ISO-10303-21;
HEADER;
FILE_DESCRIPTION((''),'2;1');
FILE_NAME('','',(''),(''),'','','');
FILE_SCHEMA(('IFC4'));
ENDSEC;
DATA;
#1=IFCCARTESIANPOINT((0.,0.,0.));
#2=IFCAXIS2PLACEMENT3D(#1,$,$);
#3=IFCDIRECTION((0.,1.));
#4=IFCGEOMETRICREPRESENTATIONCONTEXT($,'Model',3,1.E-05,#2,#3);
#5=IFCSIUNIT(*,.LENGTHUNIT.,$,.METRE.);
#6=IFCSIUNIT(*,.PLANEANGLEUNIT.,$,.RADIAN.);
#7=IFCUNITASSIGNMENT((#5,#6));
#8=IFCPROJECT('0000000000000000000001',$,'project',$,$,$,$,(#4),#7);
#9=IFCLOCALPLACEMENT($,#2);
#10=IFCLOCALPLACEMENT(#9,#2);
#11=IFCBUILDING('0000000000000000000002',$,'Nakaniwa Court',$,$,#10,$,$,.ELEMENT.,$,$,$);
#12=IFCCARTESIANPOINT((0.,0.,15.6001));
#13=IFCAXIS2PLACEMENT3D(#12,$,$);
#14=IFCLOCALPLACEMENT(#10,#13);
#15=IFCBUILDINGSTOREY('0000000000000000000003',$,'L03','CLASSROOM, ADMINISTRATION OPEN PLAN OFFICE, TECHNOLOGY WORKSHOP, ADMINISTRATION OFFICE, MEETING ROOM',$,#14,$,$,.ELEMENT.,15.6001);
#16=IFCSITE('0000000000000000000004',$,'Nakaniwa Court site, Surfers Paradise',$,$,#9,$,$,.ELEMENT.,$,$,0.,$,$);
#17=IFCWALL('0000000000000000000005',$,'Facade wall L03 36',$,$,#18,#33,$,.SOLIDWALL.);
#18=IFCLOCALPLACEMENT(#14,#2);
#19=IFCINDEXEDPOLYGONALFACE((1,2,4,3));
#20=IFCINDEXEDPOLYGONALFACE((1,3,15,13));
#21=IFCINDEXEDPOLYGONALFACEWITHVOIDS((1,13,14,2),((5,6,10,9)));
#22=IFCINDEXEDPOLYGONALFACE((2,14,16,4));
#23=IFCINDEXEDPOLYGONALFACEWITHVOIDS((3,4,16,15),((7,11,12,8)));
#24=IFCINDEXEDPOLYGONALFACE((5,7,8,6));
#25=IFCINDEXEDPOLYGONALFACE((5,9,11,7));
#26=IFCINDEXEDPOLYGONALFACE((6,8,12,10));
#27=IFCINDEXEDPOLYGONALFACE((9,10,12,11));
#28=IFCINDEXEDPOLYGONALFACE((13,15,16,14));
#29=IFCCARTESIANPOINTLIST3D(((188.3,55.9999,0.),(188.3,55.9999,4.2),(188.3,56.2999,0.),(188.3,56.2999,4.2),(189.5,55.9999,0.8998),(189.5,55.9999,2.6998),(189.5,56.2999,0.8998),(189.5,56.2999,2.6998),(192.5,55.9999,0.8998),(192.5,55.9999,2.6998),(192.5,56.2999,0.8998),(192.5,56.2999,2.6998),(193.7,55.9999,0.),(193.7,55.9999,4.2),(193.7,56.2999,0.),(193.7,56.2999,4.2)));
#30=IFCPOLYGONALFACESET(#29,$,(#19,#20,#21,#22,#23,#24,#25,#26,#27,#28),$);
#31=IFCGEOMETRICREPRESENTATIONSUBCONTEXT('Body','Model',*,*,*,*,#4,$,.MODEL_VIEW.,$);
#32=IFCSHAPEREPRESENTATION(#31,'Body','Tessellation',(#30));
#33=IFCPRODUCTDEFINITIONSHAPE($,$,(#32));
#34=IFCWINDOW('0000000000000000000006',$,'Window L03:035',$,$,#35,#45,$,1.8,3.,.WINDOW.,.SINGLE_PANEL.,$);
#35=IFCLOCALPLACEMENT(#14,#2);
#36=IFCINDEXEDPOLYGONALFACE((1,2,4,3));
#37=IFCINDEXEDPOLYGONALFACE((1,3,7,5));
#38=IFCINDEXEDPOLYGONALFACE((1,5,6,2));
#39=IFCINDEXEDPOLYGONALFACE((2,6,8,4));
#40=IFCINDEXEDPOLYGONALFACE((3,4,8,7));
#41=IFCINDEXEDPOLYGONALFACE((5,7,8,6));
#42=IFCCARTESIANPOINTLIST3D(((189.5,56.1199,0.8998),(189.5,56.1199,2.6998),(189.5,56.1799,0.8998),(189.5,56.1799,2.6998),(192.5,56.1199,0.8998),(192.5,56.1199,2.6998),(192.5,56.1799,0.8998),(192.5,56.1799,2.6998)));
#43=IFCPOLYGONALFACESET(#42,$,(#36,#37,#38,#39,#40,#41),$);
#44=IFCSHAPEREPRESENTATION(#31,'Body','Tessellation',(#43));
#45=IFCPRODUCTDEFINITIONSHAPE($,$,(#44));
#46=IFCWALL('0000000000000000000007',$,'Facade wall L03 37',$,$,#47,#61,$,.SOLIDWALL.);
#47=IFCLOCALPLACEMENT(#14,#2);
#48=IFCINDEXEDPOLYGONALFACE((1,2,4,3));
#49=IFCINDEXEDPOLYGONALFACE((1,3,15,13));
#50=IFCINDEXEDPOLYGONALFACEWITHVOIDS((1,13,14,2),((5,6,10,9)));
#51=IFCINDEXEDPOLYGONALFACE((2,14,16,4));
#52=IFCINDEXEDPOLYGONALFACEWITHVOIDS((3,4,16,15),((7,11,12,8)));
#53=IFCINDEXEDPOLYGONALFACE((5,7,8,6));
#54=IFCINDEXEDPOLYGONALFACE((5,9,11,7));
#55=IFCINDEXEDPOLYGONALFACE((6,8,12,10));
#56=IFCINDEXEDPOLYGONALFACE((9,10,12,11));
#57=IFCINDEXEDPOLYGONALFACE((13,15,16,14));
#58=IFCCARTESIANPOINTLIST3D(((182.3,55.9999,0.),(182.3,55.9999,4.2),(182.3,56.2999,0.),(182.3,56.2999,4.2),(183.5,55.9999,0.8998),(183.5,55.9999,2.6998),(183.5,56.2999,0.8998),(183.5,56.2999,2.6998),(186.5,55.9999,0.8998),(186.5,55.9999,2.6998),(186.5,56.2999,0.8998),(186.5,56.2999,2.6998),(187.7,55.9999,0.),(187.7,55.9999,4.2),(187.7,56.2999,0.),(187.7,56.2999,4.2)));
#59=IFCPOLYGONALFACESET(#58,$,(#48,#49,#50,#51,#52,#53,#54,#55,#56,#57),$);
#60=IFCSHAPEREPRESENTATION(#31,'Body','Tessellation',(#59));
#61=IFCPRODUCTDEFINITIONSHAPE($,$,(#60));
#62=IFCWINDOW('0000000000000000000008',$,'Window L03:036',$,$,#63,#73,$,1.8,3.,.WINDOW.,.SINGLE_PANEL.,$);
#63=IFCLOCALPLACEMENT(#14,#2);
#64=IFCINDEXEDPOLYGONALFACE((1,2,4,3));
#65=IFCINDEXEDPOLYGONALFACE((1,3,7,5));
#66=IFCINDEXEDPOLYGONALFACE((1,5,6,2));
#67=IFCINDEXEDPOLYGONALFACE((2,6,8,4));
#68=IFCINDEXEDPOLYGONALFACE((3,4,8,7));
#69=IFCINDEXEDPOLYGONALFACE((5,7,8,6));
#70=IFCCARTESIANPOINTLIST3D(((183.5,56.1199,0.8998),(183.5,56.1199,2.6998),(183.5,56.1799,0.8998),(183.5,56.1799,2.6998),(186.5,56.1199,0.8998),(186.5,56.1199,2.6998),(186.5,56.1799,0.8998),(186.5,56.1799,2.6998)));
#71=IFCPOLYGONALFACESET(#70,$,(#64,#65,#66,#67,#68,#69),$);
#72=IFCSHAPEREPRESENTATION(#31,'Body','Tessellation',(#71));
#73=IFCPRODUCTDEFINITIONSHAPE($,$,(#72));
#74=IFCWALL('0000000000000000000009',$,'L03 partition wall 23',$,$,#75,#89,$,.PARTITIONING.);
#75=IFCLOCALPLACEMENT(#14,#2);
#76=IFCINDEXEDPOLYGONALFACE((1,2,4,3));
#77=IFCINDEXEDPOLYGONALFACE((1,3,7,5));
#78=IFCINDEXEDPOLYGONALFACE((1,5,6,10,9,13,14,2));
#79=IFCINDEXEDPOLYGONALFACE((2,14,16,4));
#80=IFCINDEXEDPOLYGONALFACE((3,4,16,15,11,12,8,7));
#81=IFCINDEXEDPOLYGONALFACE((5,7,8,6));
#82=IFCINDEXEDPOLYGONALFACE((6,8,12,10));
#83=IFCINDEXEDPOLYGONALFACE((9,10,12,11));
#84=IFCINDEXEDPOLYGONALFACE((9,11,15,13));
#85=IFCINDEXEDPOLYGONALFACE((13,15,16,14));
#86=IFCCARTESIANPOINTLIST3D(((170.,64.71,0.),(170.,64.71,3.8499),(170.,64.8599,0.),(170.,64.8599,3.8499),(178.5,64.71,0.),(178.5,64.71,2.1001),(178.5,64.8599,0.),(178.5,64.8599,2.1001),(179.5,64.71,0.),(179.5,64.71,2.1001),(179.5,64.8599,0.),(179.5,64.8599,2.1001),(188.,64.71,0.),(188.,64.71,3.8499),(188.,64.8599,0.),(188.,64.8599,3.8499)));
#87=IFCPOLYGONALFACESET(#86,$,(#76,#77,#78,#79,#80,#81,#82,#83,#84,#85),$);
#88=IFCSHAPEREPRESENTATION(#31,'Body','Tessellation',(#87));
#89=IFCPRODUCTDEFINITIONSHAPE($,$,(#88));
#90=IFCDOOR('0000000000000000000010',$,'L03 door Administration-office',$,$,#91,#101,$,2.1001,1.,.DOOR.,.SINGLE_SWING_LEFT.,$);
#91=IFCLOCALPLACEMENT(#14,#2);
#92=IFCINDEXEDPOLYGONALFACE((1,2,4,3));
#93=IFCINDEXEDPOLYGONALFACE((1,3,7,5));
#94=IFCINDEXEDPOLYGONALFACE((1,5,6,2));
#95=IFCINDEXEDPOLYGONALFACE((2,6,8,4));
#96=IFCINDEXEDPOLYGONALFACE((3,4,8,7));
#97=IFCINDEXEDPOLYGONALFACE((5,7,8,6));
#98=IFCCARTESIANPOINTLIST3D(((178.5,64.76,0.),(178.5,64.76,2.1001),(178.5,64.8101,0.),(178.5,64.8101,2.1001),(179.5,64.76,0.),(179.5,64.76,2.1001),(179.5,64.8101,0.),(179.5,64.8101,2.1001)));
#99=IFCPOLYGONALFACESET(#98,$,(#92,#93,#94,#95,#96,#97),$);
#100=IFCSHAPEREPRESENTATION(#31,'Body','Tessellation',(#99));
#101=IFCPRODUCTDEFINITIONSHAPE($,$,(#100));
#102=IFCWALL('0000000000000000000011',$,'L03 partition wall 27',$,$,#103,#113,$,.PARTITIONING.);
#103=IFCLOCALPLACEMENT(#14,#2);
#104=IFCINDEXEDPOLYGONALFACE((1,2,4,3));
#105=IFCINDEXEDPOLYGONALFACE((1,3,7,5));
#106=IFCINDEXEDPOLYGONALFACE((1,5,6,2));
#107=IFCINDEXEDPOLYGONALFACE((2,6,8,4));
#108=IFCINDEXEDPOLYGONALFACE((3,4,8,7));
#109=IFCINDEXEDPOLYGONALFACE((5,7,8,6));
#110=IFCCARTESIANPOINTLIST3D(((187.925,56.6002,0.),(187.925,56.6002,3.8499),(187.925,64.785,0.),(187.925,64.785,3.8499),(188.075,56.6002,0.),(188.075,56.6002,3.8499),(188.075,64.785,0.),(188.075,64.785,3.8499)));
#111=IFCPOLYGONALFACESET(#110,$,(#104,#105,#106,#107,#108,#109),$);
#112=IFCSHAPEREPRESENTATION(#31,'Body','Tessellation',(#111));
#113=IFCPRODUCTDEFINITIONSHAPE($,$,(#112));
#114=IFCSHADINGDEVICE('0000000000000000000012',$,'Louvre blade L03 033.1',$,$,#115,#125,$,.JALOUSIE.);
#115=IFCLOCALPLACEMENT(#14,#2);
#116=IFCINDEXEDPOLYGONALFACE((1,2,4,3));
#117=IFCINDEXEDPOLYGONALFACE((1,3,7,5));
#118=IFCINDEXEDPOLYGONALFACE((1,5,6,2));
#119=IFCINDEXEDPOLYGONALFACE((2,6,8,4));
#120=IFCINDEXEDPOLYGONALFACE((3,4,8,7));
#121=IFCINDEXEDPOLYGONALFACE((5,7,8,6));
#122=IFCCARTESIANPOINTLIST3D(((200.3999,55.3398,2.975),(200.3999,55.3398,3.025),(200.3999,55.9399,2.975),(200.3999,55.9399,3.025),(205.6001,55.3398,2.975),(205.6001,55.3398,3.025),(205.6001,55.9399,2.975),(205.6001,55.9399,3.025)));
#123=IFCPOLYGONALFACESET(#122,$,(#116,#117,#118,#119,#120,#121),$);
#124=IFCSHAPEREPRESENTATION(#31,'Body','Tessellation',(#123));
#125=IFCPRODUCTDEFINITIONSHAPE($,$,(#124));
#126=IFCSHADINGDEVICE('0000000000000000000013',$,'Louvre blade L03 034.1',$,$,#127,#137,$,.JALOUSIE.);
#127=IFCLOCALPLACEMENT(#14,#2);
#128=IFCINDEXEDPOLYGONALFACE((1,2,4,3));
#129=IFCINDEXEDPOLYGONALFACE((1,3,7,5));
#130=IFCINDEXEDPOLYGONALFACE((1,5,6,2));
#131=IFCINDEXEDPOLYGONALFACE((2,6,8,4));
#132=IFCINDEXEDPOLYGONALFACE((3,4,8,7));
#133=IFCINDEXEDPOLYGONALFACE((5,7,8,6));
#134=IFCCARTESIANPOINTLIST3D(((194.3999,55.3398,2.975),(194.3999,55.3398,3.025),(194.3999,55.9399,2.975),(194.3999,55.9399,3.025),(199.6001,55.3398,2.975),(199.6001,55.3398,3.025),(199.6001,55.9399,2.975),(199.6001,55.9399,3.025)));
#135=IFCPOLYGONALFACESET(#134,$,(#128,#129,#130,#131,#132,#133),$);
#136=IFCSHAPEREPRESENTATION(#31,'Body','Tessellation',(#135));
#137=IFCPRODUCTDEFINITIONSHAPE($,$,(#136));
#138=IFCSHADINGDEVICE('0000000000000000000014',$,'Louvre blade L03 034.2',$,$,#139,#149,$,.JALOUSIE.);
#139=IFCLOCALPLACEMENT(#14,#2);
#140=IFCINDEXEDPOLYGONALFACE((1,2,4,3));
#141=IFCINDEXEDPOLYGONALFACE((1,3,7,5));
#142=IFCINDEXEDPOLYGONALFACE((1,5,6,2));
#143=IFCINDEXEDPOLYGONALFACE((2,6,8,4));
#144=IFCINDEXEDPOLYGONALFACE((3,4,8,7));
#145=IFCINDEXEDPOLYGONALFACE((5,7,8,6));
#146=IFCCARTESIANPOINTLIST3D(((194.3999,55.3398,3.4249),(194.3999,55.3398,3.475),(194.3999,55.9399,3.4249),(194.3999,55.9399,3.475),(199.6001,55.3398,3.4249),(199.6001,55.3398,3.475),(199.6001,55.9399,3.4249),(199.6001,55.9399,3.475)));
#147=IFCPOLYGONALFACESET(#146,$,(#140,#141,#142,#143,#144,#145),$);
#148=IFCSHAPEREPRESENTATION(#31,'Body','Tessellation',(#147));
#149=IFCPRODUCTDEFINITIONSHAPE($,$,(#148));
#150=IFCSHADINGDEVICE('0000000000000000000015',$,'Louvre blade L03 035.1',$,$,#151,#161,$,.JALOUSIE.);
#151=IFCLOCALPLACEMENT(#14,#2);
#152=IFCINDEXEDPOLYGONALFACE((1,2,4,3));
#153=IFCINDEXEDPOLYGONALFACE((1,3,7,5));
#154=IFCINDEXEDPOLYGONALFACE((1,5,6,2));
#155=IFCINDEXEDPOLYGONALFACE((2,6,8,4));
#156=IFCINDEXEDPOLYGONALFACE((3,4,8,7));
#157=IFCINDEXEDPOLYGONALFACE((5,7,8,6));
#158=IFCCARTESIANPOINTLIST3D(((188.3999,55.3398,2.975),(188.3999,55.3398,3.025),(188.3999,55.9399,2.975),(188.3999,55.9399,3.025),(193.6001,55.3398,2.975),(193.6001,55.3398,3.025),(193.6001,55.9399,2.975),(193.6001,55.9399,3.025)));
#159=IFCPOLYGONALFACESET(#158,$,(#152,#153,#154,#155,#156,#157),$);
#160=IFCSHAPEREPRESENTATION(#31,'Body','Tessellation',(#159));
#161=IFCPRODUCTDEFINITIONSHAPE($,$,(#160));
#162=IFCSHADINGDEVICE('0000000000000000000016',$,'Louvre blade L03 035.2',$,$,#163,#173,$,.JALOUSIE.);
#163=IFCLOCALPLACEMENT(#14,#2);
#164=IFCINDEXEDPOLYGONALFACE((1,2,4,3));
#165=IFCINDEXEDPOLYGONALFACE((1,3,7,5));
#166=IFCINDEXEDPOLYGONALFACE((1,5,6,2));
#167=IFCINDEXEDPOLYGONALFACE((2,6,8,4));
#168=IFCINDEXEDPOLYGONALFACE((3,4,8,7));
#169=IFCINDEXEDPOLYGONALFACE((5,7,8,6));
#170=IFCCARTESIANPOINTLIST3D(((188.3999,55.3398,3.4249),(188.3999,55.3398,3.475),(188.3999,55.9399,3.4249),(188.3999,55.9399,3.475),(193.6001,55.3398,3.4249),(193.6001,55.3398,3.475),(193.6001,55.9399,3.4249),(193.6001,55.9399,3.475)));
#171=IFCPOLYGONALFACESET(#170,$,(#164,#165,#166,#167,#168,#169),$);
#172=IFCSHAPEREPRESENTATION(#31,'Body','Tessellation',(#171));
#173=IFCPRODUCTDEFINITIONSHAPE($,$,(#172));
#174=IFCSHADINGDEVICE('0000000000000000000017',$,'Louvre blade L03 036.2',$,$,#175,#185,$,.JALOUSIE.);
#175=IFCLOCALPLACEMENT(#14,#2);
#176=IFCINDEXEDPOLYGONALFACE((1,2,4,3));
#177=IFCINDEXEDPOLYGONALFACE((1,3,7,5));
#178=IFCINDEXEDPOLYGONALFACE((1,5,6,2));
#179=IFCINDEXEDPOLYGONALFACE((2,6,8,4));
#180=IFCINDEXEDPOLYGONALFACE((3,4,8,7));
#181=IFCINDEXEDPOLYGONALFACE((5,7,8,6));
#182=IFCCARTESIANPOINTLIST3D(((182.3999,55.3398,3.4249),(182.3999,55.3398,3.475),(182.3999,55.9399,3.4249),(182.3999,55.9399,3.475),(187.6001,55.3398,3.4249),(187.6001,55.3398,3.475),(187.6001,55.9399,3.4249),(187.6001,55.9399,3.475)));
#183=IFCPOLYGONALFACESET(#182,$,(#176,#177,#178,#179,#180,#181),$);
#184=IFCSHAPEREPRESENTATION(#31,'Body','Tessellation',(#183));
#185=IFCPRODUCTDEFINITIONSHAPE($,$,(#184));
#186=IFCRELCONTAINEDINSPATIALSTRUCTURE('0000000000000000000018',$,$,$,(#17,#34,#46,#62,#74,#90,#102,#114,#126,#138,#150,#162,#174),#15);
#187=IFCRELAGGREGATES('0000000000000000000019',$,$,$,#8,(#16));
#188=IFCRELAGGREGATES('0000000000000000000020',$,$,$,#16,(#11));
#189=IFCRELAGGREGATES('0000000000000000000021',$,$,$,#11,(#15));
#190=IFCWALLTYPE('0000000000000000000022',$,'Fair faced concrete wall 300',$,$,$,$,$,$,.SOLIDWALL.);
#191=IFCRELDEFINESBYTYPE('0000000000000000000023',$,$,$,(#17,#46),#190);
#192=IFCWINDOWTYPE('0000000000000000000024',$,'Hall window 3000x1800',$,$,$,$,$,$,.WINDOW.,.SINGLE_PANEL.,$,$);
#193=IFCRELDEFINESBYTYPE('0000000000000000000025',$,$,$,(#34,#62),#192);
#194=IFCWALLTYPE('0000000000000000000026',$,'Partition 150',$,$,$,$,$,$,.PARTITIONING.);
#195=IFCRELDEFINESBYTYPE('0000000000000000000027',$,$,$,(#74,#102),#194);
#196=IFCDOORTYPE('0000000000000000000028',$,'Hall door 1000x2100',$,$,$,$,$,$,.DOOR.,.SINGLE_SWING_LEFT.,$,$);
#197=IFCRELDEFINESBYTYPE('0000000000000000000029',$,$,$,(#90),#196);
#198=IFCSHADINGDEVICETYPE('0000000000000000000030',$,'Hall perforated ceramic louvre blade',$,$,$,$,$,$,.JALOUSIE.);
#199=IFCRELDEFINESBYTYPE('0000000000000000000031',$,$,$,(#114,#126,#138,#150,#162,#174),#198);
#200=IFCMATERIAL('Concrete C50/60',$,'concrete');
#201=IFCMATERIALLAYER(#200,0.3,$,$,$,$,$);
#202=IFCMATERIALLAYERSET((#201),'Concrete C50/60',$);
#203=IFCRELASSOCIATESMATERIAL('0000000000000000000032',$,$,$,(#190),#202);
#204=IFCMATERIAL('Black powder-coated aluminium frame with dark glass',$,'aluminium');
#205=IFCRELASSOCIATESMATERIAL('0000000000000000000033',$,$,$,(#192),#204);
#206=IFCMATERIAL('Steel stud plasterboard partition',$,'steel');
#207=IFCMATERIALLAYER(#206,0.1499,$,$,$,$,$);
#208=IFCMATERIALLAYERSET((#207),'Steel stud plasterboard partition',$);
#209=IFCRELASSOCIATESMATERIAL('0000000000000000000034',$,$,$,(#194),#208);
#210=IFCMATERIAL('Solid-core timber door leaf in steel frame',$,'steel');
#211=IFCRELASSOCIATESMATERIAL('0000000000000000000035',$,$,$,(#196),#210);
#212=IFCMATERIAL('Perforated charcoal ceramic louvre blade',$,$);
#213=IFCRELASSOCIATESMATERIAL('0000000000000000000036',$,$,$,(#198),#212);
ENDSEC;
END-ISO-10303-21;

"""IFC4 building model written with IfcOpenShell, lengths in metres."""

from ifc_helpers import new_model, si_unit, direction, frame, frame_2d, origin, origin_2d, place, context, subcontext, project, spatial, rectangle, extrude, material, layer, layer_set, material_profile, profile_set, type_object, element, fill, save


model = new_model("IFC4")

# Units and contexts
model_context = context("Model", 3, precision=1e-05, world=origin(), true_north=direction((0.0, 1.0)))
body_context = subcontext(model_context, "Body", "Model", "MODEL_VIEW")
ifc_project = project(units=[si_unit("LENGTHUNIT", "METRE"), si_unit("PLANEANGLEUNIT", "RADIAN")], contexts=[model_context])

# Site, building, storey
site_placement = place(None, origin())
site = spatial("IfcSite", under=ifc_project, at=site_placement, Name="Nakaniwa Court site, Surfers Paradise", CompositionType="ELEMENT", RefElevation=0.0)
building_placement = place(site_placement, origin())
building = spatial("IfcBuilding", under=site, at=building_placement, Name="Nakaniwa Court", CompositionType="ELEMENT")
storey_placement = place(building_placement, frame((0.0, 0.0, 15.6001)))
storey = spatial("IfcBuildingStorey", under=building, at=storey_placement, Name="L03", Description="CLASSROOM, ADMINISTRATION OPEN PLAN OFFICE, TECHNOLOGY WORKSHOP, ADMINISTRATION OFFICE, MEETING ROOM", CompositionType="ELEMENT", Elevation=15.6001)

# Shared definitions
ifc_material_1 = material(Name="Concrete C50/60", Category="concrete")

# Walls, openings, windows
ifc_layer_1 = layer(ifc_material_1, 0.3)
ifc_layer_set_1 = layer_set([ifc_layer_1], Name="Concrete C50/60")
wall_type_1 = type_object("IfcWallType", Name="Fair faced concrete wall 300", PredefinedType="SOLIDWALL", material=ifc_layer_set_1)
ifc_material_2 = material(Name="Black powder-coated aluminium frame with dark glass", Category="aluminium")
window_type = type_object("IfcWindowType", Name="Hall window 3000x1800", PartitioningType="SINGLE_PANEL", PredefinedType="WINDOW", material=ifc_material_2)
wall_1_placement = place(storey_placement, frame((193.7, 56.1499, 0.0), z_axis=(0.0, 0.0, 1.0), x_axis=(-1.0, 0.0, 0.0)))
wall_1 = element("IfcWall", 1, at=wall_1_placement, inside=storey, type_object=wall_type_1, Name="Facade wall L03 36", PredefinedType="SOLIDWALL", context=body_context, shape_type="SweptSolid", body=[
    extrude(rectangle(XDim=5.3999, YDim=0.3, at=frame_2d((2.7, 0.0))), origin(), (0.0, 0.0, 1.0), 4.2),
])
opening_1_placement = place(wall_1_placement, frame((1.2, 0.0, 0.8999)))
opening_1 = element("IfcOpeningElement", 2, at=opening_1_placement, cuts=wall_1, PredefinedType="OPENING", context=body_context, shape_type="SweptSolid", body=[
    extrude(rectangle(XDim=3.0, YDim=1.8, at=frame_2d((1.5, 0.8999))), frame((0.0, 0.1599, 0.0), z_axis=(0.0, -1.0, 0.0), x_axis=(1.0, 0.0, 0.0)), (0.0, 0.0, 1.0), 0.3201),
])
window_1_placement = place(opening_1_placement, origin())
window_1 = element("IfcWindow", 3, at=window_1_placement, inside=storey, type_object=window_type, Name="Window L03:035", OverallHeight=1.8, OverallWidth=3.0, PartitioningType="SINGLE_PANEL", PredefinedType="WINDOW", context=body_context, shape_type="SweptSolid", body=[
    extrude(rectangle(XDim=3.0, YDim=1.8, at=frame_2d((1.5, 0.8999))), frame((0.0, 0.03, 0.0), z_axis=(0.0, -1.0, 0.0), x_axis=(1.0, 0.0, 0.0)), (0.0, 0.0, 1.0), 0.0601),
])
fill(opening_1, window_1)
wall_2_placement = place(storey_placement, frame((187.7, 56.1499, 0.0), z_axis=(0.0, 0.0, 1.0), x_axis=(-1.0, 0.0, 0.0)))
wall_2 = element("IfcWall", 4, at=wall_2_placement, inside=storey, type_object=wall_type_1, Name="Facade wall L03 37", PredefinedType="SOLIDWALL", context=body_context, shape_type="SweptSolid", body=[
    extrude(rectangle(XDim=5.3999, YDim=0.3, at=frame_2d((2.7, 0.0))), origin(), (0.0, 0.0, 1.0), 4.2),
])
opening_2_placement = place(wall_2_placement, frame((1.2, 0.0, 0.8999)))
opening_2 = element("IfcOpeningElement", 5, at=opening_2_placement, cuts=wall_2, PredefinedType="OPENING", context=body_context, shape_type="SweptSolid", body=[
    extrude(rectangle(XDim=3.0, YDim=1.8, at=frame_2d((1.5, 0.8999))), frame((0.0, 0.1599, 0.0), z_axis=(0.0, -1.0, 0.0), x_axis=(1.0, 0.0, 0.0)), (0.0, 0.0, 1.0), 0.3201),
])
window_2_placement = place(opening_2_placement, origin())
window_2 = element("IfcWindow", 6, at=window_2_placement, inside=storey, type_object=window_type, Name="Window L03:036", OverallHeight=1.8, OverallWidth=3.0, PartitioningType="SINGLE_PANEL", PredefinedType="WINDOW", context=body_context, shape_type="SweptSolid", body=[
    extrude(rectangle(XDim=3.0, YDim=1.8, at=frame_2d((1.5, 0.8999))), frame((0.0, 0.03, 0.0), z_axis=(0.0, -1.0, 0.0), x_axis=(1.0, 0.0, 0.0)), (0.0, 0.0, 1.0), 0.0601),
])
fill(opening_2, window_2)

# Wall, opening, door
ifc_material_3 = material(Name="Steel stud plasterboard partition", Category="steel")
ifc_layer_2 = layer(ifc_material_3, 0.1499)
ifc_layer_set_2 = layer_set([ifc_layer_2], Name="Steel stud plasterboard partition")
wall_type_2 = type_object("IfcWallType", Name="Partition 150", PredefinedType="PARTITIONING", material=ifc_layer_set_2)
wall_3_placement = place(storey_placement, frame((188.0, 64.7849, 0.0), z_axis=(0.0, 0.0, 1.0), x_axis=(-1.0, 0.0, 0.0)))
wall_3 = element("IfcWall", 7, at=wall_3_placement, inside=storey, type_object=wall_type_2, Name="L03 partition wall 23", PredefinedType="PARTITIONING", context=body_context, shape_type="SweptSolid", body=[
    extrude(rectangle(XDim=18.0, YDim=0.1499, at=frame_2d((9.0, 0.0))), origin(), (0.0, 0.0, 1.0), 3.8499),
])
opening_3_placement = place(wall_3_placement, frame((8.5, 0.0, 0.0)))
opening_3 = element("IfcOpeningElement", 8, at=opening_3_placement, cuts=wall_3, PredefinedType="OPENING", context=body_context, shape_type="SweptSolid", body=[
    extrude(rectangle(XDim=1.0, YDim=2.1001, at=frame_2d((0.5, 1.05))), frame((0.0, 0.085, 0.0), z_axis=(0.0, -1.0, 0.0), x_axis=(1.0, 0.0, 0.0)), (0.0, 0.0, 1.0), 0.1699),
])
ifc_material_4 = material(Name="Solid-core timber door leaf in steel frame", Category="steel")
door_type = type_object("IfcDoorType", Name="Hall door 1000x2100", OperationType="SINGLE_SWING_LEFT", PredefinedType="DOOR", material=ifc_material_4)
door_placement = place(opening_3_placement, origin())
door = element("IfcDoor", 9, at=door_placement, inside=storey, type_object=door_type, Name="L03 door Administration-office", OperationType="SINGLE_SWING_LEFT", OverallHeight=2.1001, OverallWidth=1.0, PredefinedType="DOOR", context=body_context, shape_type="SweptSolid", body=[
    extrude(rectangle(XDim=1.0, YDim=2.1001, at=frame_2d((0.5, 1.05))), frame((0.0, 0.0249, 0.0), z_axis=(0.0, -1.0, 0.0), x_axis=(1.0, 0.0, 0.0)), (0.0, 0.0, 1.0), 0.05),
])
fill(opening_3, door)

# Wall
wall_4_placement = place(storey_placement, frame((188.0, 64.7849, 0.0), z_axis=(0.0, 0.0, 1.0), x_axis=(0.0, -1.0, 0.0)))
element("IfcWall", 10, at=wall_4_placement, inside=storey, type_object=wall_type_2, Name="L03 partition wall 27", PredefinedType="PARTITIONING", context=body_context, shape_type="SweptSolid", body=[
    extrude(rectangle(XDim=8.1848, YDim=0.1499, at=frame_2d((4.0923, 0.0))), origin(), (0.0, 0.0, 1.0), 3.8499),
])

# Shading devices
ifc_material_5 = material(Name="Perforated charcoal ceramic louvre blade")
ifc_material_profile_1 = material_profile(ifc_material_5, rectangle(XDim=0.6001, YDim=0.05, at=origin_2d()), Name="Hall perforated ceramic louvre blade")
ifc_profile_set_1 = profile_set([ifc_material_profile_1], Name="Perforated charcoal ceramic louvre blade")
shading_device_type = type_object("IfcShadingDeviceType", Name="Hall perforated ceramic louvre blade", PredefinedType="JALOUSIE", material=ifc_profile_set_1)
for number, where, z_axis, x_axis, name in (
    (11, (205.6001, 55.6399, 3.0), (-1.0, 0.0, 0.0), (0.0, -1.0, 0.0), "Louvre blade L03 033.1"),
    (12, (199.6001, 55.6399, 3.0), (-1.0, 0.0, 0.0), (0.0, -1.0, 0.0), "Louvre blade L03 034.1"),
    (13, (199.6001, 55.6399, 3.45), (-1.0, 0.0, 0.0), (0.0, -1.0, 0.0), "Louvre blade L03 034.2"),
    (14, (193.6001, 55.6399, 3.0), (-1.0, 0.0, 0.0), (0.0, -1.0, 0.0), "Louvre blade L03 035.1"),
    (15, (193.6001, 55.6399, 3.45), (-1.0, 0.0, 0.0), (0.0, -1.0, 0.0), "Louvre blade L03 035.2"),
    (16, (187.6001, 55.6399, 3.45), (-1.0, 0.0, 0.0), (0.0, -1.0, 0.0), "Louvre blade L03 036.2"),
):
    element("IfcShadingDevice", number, at=place(storey_placement, frame(where, z_axis=z_axis, x_axis=x_axis)), inside=storey, type_object=shading_device_type, Name=name, PredefinedType="JALOUSIE", context=body_context, shape_type="SweptSolid", body=[
        extrude(rectangle(XDim=0.6001, YDim=0.05, at=origin_2d()), origin(), (0.0, 0.0, 1.0), 5.2002),
    ])

save(model, "model.ifc")
